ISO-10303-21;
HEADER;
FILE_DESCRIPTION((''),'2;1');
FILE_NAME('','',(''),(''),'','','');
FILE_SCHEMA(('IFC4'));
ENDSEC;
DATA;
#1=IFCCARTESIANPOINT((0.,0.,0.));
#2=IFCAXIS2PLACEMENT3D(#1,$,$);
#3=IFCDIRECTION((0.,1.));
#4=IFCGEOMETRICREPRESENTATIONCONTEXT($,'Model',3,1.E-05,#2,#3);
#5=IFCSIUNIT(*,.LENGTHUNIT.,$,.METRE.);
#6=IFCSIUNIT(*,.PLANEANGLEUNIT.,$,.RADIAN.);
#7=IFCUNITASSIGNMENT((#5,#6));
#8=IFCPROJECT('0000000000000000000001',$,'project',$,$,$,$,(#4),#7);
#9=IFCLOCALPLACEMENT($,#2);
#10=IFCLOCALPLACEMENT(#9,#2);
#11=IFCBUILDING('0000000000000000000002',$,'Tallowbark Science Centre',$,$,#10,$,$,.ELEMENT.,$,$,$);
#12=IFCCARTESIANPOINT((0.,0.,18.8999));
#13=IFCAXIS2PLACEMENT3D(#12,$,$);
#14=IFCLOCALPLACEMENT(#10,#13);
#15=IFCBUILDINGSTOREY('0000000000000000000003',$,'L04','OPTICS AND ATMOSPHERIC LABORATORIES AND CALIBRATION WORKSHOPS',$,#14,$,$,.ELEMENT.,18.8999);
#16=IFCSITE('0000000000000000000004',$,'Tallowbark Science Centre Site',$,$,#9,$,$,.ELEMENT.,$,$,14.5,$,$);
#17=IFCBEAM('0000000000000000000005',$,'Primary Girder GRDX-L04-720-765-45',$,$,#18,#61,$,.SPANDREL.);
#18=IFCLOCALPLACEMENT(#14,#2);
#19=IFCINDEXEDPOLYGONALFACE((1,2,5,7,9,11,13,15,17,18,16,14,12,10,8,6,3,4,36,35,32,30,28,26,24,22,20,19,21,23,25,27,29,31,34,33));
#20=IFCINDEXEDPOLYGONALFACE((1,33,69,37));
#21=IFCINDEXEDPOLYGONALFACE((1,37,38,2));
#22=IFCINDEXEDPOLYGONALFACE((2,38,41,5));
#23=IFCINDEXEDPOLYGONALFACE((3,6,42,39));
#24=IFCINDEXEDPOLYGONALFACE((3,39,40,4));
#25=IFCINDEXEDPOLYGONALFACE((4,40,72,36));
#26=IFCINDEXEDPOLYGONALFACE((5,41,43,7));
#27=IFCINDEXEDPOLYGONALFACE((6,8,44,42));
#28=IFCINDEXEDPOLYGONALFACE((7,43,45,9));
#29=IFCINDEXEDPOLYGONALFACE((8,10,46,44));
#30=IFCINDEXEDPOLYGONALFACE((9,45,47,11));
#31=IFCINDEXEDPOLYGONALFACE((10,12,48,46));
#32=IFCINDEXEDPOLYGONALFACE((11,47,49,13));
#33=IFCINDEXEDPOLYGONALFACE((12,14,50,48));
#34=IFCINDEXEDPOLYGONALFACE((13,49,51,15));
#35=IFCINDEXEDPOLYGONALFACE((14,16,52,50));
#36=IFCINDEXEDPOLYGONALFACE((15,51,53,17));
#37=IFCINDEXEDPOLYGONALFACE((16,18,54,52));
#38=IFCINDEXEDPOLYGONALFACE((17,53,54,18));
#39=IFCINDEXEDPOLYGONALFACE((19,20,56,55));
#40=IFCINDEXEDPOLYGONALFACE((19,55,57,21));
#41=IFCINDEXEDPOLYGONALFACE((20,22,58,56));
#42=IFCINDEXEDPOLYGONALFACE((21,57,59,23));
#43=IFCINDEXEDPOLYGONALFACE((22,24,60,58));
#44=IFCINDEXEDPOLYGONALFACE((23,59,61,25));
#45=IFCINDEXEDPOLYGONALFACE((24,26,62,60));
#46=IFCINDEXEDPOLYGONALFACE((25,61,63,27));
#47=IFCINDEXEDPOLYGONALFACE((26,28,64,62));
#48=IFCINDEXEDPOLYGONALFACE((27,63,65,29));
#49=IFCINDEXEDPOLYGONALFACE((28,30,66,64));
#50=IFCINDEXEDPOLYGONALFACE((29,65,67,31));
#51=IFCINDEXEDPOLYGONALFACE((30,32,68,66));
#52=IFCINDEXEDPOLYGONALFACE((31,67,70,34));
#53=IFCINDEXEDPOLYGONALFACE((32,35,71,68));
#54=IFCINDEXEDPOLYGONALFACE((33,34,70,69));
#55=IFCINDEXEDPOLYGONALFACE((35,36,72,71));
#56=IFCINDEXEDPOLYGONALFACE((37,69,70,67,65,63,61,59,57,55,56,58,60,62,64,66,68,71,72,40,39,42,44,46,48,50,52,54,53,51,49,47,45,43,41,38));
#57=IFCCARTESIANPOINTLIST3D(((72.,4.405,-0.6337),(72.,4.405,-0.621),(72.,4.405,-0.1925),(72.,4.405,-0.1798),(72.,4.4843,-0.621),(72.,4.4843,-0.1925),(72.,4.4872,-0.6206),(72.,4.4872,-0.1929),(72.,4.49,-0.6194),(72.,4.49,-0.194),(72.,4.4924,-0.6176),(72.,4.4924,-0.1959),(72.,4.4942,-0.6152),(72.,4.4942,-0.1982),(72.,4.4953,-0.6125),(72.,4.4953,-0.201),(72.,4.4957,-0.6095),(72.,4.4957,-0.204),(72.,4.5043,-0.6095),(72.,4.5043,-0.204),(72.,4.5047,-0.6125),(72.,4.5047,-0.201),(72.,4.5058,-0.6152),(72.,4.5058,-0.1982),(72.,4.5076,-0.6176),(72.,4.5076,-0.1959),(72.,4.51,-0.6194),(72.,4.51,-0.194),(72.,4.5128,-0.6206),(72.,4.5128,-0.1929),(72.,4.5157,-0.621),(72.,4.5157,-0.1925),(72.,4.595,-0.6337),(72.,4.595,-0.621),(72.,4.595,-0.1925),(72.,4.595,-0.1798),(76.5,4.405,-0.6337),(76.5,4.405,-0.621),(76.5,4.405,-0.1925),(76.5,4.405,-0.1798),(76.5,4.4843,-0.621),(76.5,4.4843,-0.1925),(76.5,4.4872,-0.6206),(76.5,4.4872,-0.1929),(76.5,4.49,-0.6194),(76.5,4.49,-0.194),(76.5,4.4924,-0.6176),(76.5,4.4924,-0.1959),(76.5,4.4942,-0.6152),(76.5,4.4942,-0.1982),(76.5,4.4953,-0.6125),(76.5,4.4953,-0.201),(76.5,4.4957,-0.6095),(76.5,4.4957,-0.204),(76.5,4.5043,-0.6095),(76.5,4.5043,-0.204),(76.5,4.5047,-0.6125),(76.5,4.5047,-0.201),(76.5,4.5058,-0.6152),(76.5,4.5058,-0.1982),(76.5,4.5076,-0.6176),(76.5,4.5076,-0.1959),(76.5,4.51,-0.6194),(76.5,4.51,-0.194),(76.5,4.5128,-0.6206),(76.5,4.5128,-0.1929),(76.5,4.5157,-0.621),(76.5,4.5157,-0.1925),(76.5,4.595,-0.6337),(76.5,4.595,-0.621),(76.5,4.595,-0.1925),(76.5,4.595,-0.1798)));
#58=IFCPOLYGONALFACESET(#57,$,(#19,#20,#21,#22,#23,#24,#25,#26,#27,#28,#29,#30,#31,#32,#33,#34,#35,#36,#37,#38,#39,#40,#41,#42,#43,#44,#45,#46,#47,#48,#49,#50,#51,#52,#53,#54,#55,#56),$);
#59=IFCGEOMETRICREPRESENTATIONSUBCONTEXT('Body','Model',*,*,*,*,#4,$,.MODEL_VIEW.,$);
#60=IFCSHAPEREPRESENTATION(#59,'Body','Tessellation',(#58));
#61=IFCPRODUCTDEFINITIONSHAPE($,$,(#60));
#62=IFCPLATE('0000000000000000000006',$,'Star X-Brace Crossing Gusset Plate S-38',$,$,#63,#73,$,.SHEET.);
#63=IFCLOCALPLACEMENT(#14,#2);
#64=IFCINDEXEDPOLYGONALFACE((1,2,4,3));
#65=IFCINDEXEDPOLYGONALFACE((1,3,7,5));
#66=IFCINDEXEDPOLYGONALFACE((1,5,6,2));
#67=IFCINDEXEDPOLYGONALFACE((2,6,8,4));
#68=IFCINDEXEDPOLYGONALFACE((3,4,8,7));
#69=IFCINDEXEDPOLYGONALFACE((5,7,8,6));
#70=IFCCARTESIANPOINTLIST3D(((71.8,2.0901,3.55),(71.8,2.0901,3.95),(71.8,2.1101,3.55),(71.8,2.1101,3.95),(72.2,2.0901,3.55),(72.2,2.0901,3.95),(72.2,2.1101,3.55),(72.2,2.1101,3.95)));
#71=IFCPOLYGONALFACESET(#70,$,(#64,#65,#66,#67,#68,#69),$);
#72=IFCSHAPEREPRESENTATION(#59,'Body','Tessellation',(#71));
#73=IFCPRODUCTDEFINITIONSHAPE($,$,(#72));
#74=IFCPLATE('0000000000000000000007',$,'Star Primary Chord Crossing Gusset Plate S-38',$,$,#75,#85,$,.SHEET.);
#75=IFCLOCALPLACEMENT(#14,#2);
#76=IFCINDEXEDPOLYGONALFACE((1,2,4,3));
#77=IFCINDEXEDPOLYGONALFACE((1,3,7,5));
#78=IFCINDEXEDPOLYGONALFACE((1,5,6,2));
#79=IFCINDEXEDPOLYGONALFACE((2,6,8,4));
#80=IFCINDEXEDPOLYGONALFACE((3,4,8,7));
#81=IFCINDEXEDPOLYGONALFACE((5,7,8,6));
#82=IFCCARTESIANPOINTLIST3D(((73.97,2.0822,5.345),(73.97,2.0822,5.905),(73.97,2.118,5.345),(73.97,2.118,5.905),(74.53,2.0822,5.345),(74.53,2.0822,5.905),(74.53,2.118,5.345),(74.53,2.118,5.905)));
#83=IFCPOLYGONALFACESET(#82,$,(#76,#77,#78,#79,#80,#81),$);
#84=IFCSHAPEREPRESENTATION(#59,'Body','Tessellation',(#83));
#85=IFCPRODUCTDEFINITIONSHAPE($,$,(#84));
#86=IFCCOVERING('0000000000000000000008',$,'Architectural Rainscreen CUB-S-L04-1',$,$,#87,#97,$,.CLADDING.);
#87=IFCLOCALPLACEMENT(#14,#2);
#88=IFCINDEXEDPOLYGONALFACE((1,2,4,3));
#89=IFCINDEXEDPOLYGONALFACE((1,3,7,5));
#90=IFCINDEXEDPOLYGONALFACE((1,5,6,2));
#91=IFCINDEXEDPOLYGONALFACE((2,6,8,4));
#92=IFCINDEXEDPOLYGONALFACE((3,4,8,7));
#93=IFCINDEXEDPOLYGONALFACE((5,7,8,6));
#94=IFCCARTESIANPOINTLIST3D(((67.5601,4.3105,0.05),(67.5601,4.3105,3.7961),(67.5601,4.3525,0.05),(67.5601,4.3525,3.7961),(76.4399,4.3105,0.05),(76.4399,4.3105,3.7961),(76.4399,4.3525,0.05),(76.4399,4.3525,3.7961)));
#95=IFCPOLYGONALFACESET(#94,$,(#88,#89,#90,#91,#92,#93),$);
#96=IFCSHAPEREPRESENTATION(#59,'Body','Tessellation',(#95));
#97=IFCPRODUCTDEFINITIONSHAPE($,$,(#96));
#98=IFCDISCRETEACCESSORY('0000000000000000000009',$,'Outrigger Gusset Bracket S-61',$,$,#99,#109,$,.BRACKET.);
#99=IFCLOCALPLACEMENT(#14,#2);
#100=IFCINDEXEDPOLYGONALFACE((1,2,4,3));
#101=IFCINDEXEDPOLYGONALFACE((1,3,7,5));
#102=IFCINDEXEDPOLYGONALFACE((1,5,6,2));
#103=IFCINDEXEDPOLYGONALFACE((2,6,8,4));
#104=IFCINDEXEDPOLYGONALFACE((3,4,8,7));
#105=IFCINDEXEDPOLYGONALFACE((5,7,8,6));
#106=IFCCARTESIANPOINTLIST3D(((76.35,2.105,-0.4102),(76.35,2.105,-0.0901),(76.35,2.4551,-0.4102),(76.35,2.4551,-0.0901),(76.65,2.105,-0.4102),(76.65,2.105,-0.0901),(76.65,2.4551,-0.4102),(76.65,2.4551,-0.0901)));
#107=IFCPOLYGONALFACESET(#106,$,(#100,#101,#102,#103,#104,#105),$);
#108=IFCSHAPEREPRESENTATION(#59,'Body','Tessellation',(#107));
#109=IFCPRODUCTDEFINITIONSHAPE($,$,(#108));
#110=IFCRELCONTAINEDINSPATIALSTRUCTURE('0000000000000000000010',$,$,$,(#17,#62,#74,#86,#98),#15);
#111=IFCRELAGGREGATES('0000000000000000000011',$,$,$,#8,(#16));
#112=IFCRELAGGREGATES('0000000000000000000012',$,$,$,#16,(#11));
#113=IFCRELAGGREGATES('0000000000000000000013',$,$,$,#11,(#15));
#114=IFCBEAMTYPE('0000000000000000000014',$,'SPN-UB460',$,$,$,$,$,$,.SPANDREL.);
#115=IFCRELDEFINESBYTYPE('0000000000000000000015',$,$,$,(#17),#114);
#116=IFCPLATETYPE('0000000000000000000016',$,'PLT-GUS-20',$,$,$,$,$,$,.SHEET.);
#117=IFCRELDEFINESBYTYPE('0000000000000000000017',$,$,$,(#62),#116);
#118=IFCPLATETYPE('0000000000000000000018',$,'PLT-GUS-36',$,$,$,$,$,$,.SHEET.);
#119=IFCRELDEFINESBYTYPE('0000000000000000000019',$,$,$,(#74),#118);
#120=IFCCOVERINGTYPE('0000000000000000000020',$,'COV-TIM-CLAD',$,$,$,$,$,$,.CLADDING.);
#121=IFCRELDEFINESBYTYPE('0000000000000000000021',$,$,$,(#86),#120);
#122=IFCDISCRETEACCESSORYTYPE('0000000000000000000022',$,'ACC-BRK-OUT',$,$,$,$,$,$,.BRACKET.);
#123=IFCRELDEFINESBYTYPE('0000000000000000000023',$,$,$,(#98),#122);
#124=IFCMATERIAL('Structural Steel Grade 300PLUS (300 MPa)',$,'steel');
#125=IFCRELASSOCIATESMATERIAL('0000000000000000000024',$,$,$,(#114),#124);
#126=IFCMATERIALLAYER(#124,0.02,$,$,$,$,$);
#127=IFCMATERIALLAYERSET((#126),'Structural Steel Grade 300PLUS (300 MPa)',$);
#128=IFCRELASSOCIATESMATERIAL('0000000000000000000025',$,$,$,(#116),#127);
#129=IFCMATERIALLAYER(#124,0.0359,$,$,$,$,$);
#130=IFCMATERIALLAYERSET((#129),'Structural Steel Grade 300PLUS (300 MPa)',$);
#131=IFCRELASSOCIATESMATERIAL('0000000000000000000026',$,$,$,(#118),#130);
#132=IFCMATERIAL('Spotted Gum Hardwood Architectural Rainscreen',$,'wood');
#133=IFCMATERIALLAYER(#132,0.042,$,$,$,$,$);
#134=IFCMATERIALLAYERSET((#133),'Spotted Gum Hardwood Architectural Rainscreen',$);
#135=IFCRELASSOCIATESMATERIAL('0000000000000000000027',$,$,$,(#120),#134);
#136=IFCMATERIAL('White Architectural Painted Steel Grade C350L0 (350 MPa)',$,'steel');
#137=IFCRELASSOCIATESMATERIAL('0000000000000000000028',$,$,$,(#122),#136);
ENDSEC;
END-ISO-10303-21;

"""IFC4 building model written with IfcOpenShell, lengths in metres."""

from ifc_helpers import new_model, si_unit, direction, frame, origin, origin_2d, place, context, subcontext, project, spatial, rectangle, i_section, extrude, material, layer, layer_set, material_profile, profile_set, type_object, element, save


model = new_model("IFC4")

# Units and contexts
model_context = context("Model", 3, precision=1e-05, world=origin(), true_north=direction((0.0, 1.0)))
body_context = subcontext(model_context, "Body", "Model", "MODEL_VIEW")
ifc_project = project(units=[si_unit("LENGTHUNIT", "METRE"), si_unit("PLANEANGLEUNIT", "RADIAN")], contexts=[model_context])

# Site, building, storey
site_placement = place(None, origin())
site = spatial("IfcSite", under=ifc_project, at=site_placement, Name="Tallowbark Science Centre Site", CompositionType="ELEMENT", RefElevation=14.5)
building_placement = place(site_placement, origin())
building = spatial("IfcBuilding", under=site, at=building_placement, Name="Tallowbark Science Centre", CompositionType="ELEMENT")
storey_placement = place(building_placement, frame((0.0, 0.0, 18.8999)))
storey = spatial("IfcBuildingStorey", under=building, at=storey_placement, Name="L04", Description="OPTICS AND ATMOSPHERIC LABORATORIES AND CALIBRATION WORKSHOPS", CompositionType="ELEMENT", Elevation=18.8999)

# Shared definitions
ifc_material_1 = material(Name="White Architectural Painted Steel Grade C350L0 (350 MPa)", Category="steel")
ifc_material_2 = material(Name="Structural Steel Grade 300PLUS (300 MPa)", Category="steel")

# Beam
ifc_material_profile_1 = material_profile(ifc_material_2, i_section(OverallWidth=0.1899, OverallDepth=0.4539, WebThickness=0.0085, FlangeThickness=0.0127, FilletRadius=0.0115, at=origin_2d()), Name="460UB67.1")
ifc_profile_set_1 = profile_set([ifc_material_profile_1], Name="Structural Steel Grade 300PLUS (300 MPa)")
beam_type = type_object("IfcBeamType", Name="SPN-UB460", PredefinedType="SPANDREL", material=ifc_profile_set_1)
beam_placement = place(storey_placement, frame((72.0, 4.5, -0.4067), z_axis=(1.0, 0.0, 0.0), x_axis=(0.0, 1.0, 0.0)))
element("IfcBeam", 1, at=beam_placement, inside=storey, type_object=beam_type, Name="Primary Girder GRDX-L04-720-765-45", PredefinedType="SPANDREL", context=body_context, shape_type="SweptSolid", body=[
    extrude(i_section(OverallWidth=0.1899, OverallDepth=0.4539, WebThickness=0.0085, FlangeThickness=0.0127, FilletRadius=0.0115, at=origin_2d()), origin(), (0.0, 0.0, 1.0), 4.5),
])

# Plates
ifc_layer_1 = layer(ifc_material_2, 0.02)
ifc_layer_set_1 = layer_set([ifc_layer_1], Name="Structural Steel Grade 300PLUS (300 MPa)")
plate_type_1 = type_object("IfcPlateType", Name="PLT-GUS-20", PredefinedType="SHEET", material=ifc_layer_set_1)
plate_1_placement = place(storey_placement, frame((72.0, 2.1001, 3.55), z_axis=(0.0, 0.0, 1.0), x_axis=(1.0, 0.0, 0.0)))
element("IfcPlate", 2, at=plate_1_placement, inside=storey, type_object=plate_type_1, Name="Star X-Brace Crossing Gusset Plate S-38", PredefinedType="SHEET", context=body_context, shape_type="SweptSolid", body=[
    extrude(rectangle(XDim=0.3999, YDim=0.02, at=origin_2d()), origin(), (0.0, 0.0, 1.0), 0.3999),
])
ifc_layer_2 = layer(ifc_material_2, 0.0359)
ifc_layer_set_2 = layer_set([ifc_layer_2], Name="Structural Steel Grade 300PLUS (300 MPa)")
plate_type_2 = type_object("IfcPlateType", Name="PLT-GUS-36", PredefinedType="SHEET", material=ifc_layer_set_2)
plate_2_placement = place(storey_placement, frame((74.25, 2.1001, 5.345), z_axis=(0.0, 0.0, 1.0), x_axis=(1.0, 0.0, 0.0)))
element("IfcPlate", 3, at=plate_2_placement, inside=storey, type_object=plate_type_2, Name="Star Primary Chord Crossing Gusset Plate S-38", PredefinedType="SHEET", context=body_context, shape_type="SweptSolid", body=[
    extrude(rectangle(XDim=0.5601, YDim=0.0359, at=origin_2d()), origin(), (0.0, 0.0, 1.0), 0.5601),
])

# Covering
ifc_material_3 = material(Name="Spotted Gum Hardwood Architectural Rainscreen", Category="wood")
ifc_layer_3 = layer(ifc_material_3, 0.042)
ifc_layer_set_3 = layer_set([ifc_layer_3], Name="Spotted Gum Hardwood Architectural Rainscreen")
covering_type = type_object("IfcCoveringType", Name="COV-TIM-CLAD", PredefinedType="CLADDING", material=ifc_layer_set_3)
covering_placement = place(storey_placement, frame((72.0, 4.3315, 0.05), z_axis=(0.0, 0.0, 1.0), x_axis=(1.0, 0.0, 0.0)))
element("IfcCovering", 4, at=covering_placement, inside=storey, type_object=covering_type, Name="Architectural Rainscreen CUB-S-L04-1", PredefinedType="CLADDING", context=body_context, shape_type="SweptSolid", body=[
    extrude(rectangle(XDim=8.8799, YDim=0.042, at=origin_2d()), origin(), (0.0, 0.0, 1.0), 3.7461),
])

# Discrete accessory
discrete_accessory_type = type_object("IfcDiscreteAccessoryType", Name="ACC-BRK-OUT", PredefinedType="BRACKET", material=ifc_material_1)
discrete_accessory_placement = place(storey_placement, frame((76.5, 2.28, -0.4102), z_axis=(0.0, 0.0, 1.0), x_axis=(1.0, 0.0, 0.0)))
element("IfcDiscreteAccessory", 5, at=discrete_accessory_placement, inside=storey, type_object=discrete_accessory_type, Name="Outrigger Gusset Bracket S-61", PredefinedType="BRACKET", context=body_context, shape_type="SweptSolid", body=[
    extrude(rectangle(XDim=0.3, YDim=0.3501, at=origin_2d()), origin(), (0.0, 0.0, 1.0), 0.3201),
])

save(model, "model.ifc")
